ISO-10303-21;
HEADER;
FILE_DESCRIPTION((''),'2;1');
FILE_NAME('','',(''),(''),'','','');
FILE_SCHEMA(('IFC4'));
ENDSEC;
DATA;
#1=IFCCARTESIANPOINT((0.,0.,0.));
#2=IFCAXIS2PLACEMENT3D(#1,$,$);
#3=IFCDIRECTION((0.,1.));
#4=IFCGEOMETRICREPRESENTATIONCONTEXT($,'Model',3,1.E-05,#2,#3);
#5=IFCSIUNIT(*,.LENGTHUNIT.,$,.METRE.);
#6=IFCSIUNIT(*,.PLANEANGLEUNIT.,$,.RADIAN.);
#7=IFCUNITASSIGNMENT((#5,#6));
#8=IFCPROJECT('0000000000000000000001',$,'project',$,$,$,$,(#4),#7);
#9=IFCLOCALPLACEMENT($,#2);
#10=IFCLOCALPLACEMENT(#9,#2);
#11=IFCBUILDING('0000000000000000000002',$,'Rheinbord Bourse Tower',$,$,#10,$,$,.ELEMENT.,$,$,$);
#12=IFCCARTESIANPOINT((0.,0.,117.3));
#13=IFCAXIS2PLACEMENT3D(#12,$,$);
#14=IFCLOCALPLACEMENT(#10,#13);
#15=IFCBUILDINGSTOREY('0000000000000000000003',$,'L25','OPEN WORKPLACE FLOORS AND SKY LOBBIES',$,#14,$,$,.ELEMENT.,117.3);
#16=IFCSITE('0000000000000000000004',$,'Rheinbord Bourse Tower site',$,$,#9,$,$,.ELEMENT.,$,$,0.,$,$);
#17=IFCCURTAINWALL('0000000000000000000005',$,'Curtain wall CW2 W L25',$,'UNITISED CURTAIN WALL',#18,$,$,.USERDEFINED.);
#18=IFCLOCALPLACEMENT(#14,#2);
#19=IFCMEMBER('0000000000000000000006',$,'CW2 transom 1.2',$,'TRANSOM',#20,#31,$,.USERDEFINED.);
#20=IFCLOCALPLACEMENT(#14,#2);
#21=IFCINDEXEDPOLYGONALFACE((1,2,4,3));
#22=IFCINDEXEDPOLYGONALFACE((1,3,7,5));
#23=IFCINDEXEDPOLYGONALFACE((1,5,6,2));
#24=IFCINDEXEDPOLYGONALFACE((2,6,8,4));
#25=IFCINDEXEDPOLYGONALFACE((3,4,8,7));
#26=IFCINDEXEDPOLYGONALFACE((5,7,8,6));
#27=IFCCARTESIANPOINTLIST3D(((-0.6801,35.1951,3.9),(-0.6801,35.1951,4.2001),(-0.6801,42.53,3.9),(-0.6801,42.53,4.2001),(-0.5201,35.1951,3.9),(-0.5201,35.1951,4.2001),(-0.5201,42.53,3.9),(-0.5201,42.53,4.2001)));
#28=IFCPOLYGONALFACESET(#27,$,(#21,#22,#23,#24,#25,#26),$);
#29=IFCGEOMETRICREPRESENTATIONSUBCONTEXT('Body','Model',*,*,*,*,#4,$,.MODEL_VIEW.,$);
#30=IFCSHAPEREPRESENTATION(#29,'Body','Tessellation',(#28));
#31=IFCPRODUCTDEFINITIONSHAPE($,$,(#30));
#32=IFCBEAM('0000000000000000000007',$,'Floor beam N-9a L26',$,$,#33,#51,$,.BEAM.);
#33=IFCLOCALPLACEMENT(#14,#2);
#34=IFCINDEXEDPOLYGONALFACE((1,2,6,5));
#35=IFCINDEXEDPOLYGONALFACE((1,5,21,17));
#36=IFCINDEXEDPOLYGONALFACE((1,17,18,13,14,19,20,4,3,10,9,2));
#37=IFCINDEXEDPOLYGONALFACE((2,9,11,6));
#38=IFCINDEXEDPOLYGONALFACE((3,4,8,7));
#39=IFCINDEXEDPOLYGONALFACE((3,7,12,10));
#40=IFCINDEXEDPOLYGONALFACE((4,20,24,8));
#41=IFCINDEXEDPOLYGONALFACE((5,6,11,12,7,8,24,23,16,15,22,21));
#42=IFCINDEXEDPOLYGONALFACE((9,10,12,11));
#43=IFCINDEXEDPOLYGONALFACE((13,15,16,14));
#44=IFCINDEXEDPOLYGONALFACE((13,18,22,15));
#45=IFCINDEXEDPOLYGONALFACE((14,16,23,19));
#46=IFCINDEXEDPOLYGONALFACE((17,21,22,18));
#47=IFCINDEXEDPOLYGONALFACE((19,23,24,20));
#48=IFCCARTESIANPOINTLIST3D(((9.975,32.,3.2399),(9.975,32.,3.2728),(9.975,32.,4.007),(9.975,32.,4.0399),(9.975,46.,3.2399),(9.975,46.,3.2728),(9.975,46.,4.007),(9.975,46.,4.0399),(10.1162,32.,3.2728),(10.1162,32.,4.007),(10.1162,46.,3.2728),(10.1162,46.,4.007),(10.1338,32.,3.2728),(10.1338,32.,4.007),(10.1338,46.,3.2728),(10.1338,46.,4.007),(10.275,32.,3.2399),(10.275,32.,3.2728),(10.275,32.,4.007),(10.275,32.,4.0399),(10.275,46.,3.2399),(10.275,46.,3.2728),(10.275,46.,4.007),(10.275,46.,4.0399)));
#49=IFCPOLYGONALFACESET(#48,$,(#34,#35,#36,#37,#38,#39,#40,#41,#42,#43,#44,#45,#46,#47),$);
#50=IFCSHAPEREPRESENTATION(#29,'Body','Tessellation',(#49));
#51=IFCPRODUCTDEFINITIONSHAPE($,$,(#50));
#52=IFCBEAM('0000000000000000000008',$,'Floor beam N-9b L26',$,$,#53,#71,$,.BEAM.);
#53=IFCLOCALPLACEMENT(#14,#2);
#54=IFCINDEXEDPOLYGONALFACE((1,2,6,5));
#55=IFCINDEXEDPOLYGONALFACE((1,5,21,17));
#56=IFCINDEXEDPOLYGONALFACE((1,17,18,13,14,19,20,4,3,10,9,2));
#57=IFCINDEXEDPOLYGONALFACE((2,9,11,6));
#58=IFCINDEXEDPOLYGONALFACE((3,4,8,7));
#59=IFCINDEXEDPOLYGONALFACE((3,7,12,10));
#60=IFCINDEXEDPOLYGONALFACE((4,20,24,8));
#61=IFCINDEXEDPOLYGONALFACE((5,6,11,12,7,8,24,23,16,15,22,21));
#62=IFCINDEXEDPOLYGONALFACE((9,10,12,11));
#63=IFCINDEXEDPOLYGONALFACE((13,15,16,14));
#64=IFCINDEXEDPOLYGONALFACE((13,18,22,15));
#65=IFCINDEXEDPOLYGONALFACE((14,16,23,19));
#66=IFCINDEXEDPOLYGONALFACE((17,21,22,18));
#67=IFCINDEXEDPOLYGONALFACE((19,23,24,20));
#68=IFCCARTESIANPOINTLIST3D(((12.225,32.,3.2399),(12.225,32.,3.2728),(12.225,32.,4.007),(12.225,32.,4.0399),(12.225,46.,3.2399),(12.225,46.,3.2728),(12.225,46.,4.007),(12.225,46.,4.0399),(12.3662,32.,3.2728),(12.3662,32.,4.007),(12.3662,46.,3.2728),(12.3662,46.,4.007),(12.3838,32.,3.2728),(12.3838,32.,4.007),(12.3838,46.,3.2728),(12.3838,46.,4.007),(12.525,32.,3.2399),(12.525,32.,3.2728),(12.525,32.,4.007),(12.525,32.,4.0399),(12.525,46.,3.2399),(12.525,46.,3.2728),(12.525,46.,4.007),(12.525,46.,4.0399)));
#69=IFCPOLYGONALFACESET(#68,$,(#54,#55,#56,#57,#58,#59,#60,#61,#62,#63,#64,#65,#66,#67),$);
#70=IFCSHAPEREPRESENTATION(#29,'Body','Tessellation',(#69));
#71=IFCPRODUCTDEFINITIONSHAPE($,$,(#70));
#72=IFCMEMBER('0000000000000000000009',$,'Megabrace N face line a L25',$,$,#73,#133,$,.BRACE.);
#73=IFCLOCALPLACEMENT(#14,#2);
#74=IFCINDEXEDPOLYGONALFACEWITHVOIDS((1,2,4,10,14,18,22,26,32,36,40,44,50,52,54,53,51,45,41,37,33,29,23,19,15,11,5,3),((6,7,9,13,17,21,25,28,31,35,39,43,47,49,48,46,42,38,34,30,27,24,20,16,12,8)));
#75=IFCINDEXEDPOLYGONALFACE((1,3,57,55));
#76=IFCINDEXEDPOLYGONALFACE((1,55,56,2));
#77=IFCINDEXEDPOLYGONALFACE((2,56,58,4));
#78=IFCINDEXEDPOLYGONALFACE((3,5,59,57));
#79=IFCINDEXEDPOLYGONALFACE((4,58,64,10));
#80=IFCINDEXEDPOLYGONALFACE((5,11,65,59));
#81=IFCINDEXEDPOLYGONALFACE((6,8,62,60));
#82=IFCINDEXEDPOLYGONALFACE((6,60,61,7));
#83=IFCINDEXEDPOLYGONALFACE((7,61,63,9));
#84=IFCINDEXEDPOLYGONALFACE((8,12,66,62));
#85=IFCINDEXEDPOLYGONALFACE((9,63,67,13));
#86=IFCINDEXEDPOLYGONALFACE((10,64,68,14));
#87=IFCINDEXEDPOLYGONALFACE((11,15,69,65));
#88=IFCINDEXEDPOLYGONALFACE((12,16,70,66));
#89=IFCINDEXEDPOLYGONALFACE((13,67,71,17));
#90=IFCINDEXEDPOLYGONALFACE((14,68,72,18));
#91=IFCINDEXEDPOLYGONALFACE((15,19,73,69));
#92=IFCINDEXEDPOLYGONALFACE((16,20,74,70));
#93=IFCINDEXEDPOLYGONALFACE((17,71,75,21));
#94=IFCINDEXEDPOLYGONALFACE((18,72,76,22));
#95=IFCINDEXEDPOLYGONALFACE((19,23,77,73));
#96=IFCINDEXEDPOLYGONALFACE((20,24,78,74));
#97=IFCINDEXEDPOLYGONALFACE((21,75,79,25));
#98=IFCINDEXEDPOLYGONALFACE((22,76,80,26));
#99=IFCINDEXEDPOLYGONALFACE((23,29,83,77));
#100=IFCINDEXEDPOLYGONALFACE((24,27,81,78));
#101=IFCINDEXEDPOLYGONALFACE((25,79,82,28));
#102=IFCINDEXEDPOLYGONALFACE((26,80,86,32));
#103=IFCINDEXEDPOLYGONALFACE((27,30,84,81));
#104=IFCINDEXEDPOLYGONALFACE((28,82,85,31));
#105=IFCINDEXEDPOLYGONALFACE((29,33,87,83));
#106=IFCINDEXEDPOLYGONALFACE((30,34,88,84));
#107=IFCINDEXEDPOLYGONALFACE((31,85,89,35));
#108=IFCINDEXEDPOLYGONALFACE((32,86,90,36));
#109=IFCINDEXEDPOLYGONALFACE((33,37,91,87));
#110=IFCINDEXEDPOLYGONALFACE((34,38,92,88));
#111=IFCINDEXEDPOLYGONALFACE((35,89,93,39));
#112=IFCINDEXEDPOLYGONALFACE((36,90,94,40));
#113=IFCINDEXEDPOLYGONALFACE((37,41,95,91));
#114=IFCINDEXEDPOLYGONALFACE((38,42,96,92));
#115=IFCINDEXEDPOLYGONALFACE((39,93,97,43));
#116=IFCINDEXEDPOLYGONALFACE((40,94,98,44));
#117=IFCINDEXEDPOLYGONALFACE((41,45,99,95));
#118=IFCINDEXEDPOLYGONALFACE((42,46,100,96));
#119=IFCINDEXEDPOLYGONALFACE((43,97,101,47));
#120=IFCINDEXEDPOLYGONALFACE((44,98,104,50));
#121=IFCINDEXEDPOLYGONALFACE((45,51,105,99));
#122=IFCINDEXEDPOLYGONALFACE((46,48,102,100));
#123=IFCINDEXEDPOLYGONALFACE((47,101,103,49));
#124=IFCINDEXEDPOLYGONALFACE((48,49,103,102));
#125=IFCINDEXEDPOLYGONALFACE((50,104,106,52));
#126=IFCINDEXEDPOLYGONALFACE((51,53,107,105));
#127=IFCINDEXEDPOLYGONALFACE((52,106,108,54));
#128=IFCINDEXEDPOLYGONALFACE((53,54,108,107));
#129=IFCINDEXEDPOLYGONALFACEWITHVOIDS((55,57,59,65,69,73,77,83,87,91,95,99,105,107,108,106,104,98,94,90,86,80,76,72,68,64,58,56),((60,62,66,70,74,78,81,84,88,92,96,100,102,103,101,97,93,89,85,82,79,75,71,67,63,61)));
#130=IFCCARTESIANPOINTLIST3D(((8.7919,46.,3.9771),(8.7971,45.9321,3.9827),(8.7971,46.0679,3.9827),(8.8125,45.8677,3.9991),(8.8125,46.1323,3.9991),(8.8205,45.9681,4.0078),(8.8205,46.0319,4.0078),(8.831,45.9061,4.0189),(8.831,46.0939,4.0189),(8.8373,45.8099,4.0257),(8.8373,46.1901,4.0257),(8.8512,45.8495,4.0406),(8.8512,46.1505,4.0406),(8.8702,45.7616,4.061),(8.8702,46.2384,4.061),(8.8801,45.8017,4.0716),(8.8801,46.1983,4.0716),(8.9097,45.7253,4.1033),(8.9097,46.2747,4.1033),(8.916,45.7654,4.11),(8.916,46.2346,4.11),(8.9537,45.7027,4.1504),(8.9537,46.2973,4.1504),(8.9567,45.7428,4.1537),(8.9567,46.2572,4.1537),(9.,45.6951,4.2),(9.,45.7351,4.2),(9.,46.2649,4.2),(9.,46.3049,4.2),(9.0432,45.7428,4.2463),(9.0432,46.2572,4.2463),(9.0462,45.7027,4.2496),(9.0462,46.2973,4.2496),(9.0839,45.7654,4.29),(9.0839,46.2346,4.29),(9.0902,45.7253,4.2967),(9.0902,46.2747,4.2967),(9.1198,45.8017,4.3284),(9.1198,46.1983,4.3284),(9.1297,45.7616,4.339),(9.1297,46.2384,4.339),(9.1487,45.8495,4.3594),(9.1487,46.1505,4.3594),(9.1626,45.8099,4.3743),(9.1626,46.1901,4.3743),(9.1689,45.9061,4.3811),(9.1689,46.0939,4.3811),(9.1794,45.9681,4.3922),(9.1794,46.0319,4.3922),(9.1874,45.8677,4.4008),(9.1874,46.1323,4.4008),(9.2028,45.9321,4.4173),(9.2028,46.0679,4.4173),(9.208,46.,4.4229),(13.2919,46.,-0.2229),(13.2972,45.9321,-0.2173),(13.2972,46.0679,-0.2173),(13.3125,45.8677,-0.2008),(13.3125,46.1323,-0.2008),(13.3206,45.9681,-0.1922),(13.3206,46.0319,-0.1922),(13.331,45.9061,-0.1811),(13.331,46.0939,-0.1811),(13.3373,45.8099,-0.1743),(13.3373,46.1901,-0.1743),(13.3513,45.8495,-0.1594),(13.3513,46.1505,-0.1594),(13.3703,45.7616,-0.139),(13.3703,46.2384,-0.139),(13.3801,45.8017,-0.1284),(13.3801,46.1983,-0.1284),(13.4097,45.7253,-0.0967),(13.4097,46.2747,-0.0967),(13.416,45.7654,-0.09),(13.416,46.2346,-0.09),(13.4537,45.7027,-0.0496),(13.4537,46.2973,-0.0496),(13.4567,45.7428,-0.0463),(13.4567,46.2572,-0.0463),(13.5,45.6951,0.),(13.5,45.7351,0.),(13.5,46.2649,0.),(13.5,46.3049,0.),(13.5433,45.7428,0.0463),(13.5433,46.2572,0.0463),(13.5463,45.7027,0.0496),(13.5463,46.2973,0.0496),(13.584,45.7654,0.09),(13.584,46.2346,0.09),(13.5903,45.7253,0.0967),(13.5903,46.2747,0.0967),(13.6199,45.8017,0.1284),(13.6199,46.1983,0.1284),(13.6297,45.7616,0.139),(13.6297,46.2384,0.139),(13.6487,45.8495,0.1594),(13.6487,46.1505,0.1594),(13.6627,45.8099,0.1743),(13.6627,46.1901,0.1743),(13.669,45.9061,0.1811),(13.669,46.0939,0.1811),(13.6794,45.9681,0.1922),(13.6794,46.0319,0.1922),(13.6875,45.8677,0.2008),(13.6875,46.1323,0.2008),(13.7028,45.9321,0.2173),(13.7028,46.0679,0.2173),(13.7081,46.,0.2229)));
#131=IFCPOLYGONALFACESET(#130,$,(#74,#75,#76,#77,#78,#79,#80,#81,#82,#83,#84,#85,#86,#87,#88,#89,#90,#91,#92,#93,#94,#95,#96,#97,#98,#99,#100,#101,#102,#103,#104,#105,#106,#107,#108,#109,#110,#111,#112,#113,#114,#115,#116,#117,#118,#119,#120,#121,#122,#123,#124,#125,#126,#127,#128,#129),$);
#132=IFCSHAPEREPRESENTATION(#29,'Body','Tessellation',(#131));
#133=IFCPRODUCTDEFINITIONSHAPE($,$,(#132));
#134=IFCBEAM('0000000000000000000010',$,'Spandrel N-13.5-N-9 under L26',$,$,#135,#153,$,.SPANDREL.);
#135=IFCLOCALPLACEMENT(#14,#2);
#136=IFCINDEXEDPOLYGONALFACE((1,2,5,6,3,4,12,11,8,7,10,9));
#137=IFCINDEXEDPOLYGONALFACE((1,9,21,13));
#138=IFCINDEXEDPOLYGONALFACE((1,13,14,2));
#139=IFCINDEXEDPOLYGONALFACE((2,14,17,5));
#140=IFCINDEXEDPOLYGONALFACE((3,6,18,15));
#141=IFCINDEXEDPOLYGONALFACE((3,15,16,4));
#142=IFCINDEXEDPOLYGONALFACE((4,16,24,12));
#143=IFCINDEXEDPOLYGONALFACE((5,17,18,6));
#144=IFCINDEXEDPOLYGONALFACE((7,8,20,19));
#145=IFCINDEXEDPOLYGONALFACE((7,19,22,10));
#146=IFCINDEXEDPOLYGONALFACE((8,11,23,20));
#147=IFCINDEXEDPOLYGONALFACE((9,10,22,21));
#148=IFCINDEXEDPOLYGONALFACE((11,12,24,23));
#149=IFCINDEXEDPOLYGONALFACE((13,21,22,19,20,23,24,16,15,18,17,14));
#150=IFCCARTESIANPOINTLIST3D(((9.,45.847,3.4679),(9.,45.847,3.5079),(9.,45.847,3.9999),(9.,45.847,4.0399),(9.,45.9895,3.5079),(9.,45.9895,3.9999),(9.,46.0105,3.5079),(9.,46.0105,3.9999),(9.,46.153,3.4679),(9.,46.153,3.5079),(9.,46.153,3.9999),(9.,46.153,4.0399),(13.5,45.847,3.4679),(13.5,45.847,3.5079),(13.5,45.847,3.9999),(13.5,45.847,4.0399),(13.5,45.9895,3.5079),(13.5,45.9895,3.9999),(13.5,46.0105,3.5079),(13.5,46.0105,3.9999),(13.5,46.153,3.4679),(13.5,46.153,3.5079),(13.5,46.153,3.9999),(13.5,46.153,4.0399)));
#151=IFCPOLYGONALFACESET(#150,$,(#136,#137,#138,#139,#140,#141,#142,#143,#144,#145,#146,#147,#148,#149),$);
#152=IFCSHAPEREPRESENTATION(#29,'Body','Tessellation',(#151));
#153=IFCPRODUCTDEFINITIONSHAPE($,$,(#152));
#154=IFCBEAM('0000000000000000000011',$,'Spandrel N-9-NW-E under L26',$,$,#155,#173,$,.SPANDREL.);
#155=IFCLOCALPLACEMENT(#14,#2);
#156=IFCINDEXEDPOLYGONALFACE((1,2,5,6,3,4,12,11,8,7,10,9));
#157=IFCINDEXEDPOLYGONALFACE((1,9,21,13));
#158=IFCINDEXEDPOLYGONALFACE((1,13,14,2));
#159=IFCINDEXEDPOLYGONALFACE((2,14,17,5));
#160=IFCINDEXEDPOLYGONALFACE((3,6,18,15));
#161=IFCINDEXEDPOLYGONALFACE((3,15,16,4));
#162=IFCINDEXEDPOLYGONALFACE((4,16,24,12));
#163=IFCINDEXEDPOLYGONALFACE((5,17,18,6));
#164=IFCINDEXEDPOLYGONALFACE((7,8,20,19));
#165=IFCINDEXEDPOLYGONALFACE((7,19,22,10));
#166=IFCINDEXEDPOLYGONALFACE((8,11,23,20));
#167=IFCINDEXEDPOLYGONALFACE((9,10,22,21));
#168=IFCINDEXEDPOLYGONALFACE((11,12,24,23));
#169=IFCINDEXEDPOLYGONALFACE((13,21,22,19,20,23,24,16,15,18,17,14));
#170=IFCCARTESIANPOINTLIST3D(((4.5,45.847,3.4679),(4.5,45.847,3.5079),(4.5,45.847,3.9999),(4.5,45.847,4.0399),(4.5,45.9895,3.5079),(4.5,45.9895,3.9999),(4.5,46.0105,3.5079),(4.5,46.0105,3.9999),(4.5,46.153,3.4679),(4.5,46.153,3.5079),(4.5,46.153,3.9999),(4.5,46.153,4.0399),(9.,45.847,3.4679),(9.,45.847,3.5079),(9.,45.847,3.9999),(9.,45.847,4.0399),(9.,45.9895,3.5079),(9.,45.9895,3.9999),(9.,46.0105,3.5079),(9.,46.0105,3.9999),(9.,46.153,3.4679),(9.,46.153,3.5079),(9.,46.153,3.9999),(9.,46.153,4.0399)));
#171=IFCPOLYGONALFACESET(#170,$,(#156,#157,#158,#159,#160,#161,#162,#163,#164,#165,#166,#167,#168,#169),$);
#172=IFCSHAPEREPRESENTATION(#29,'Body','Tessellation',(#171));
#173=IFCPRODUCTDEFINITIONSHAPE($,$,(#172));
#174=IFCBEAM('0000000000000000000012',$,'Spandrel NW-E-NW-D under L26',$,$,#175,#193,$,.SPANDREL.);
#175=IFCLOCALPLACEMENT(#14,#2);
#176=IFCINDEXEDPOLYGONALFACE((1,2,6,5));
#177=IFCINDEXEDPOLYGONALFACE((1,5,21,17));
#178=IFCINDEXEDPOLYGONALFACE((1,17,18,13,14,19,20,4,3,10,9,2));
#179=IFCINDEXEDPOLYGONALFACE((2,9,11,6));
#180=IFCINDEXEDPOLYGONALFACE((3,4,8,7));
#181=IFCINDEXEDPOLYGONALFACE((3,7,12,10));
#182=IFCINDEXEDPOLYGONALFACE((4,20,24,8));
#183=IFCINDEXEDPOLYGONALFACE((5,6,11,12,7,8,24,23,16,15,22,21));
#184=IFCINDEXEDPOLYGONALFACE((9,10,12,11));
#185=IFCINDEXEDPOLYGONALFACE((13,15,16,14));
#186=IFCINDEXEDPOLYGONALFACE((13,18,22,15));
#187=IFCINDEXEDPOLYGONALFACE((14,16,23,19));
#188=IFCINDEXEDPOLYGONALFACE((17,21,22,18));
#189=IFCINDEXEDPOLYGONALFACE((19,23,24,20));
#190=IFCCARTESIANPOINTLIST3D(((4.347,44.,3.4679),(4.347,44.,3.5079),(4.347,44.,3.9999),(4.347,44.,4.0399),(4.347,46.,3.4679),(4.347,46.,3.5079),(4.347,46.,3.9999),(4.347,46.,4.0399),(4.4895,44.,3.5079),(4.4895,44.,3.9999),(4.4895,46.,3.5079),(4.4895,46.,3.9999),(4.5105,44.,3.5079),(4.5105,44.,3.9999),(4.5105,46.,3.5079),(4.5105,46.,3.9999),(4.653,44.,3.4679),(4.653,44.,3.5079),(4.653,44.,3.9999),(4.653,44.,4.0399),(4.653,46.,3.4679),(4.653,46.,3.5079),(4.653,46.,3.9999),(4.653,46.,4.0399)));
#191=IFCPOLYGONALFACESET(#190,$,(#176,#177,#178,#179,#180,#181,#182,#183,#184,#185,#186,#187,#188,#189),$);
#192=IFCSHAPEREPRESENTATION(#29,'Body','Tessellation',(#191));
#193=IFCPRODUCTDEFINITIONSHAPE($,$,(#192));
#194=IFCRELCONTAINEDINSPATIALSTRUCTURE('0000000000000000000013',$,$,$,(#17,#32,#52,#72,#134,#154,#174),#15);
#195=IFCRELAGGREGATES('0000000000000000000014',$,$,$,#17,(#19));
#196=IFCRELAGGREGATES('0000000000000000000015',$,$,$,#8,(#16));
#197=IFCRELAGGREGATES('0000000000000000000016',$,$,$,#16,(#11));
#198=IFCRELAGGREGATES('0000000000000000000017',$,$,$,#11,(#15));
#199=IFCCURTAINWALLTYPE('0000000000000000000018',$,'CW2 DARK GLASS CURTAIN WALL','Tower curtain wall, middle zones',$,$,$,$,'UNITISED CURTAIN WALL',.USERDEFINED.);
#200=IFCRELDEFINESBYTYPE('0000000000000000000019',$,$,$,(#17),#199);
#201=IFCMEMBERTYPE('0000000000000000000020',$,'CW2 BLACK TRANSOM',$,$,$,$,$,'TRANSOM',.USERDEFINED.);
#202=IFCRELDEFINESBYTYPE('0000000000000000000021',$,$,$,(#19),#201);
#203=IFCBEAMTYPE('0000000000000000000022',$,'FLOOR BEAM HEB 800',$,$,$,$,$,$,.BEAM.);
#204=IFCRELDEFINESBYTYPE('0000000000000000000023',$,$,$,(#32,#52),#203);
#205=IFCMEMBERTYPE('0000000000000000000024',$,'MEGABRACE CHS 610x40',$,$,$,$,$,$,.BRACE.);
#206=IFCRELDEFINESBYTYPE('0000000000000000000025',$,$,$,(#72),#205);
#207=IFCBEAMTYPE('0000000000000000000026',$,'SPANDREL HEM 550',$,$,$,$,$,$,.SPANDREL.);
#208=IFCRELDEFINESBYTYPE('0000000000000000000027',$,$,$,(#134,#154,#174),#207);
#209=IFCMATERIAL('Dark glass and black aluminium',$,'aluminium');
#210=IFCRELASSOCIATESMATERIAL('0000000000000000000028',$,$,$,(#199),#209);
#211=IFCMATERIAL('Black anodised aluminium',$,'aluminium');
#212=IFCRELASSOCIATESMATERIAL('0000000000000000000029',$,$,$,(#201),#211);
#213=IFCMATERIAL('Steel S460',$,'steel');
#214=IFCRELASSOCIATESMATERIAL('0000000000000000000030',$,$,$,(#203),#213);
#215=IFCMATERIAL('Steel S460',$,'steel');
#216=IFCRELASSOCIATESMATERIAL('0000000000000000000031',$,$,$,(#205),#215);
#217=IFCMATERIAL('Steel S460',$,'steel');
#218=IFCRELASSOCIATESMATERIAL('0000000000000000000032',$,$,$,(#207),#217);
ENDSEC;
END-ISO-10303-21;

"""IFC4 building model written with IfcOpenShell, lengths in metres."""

from ifc_helpers import new_model, si_unit, direction, frame, origin, origin_2d, place, context, subcontext, project, spatial, rectangle, hollow_circle, i_section, extrude, material, material_profile, profile_set, type_object, element, aggregate, save


model = new_model("IFC4")

# Units and contexts
model_context = context("Model", 3, precision=1e-05, world=origin(), true_north=direction((0.0, 1.0)))
body_context = subcontext(model_context, "Body", "Model", "MODEL_VIEW")
ifc_project = project(units=[si_unit("LENGTHUNIT", "METRE"), si_unit("PLANEANGLEUNIT", "RADIAN")], contexts=[model_context])

# Site, building, storey
site_placement = place(None, origin())
site = spatial("IfcSite", under=ifc_project, at=site_placement, Name="Rheinbord Bourse Tower site", CompositionType="ELEMENT", RefElevation=0.0)
building_placement = place(site_placement, origin())
building = spatial("IfcBuilding", under=site, at=building_placement, Name="Rheinbord Bourse Tower", CompositionType="ELEMENT")
storey_placement = place(building_placement, frame((0.0, 0.0, 117.3)))
storey = spatial("IfcBuildingStorey", under=building, at=storey_placement, Name="L25", Description="OPEN WORKPLACE FLOORS AND SKY LOBBIES", CompositionType="ELEMENT", Elevation=117.3)

# Shared definitions
ifc_material_1 = material(Name="Dark glass and black aluminium", Category="aluminium")
curtain_wall_type = type_object("IfcCurtainWallType", Name="CW2 DARK GLASS CURTAIN WALL", Description="Tower curtain wall, middle zones", ElementType="UNITISED CURTAIN WALL", PredefinedType="USERDEFINED", material=ifc_material_1)

# Curtain wall
curtain_wall_1_placement = place(storey_placement, origin())
curtain_wall_1 = element("IfcCurtainWall", 1, at=curtain_wall_1_placement, inside=storey, type_object=curtain_wall_type, Name="Curtain wall CW2 W L25", ObjectType="UNITISED CURTAIN WALL", PredefinedType="USERDEFINED")

# Member
ifc_material_2 = material(Name="Black anodised aluminium", Category="aluminium")
ifc_material_profile_1 = material_profile(ifc_material_2, rectangle(XDim=0.1599, YDim=0.3, at=origin_2d()), Name="CW2 TRANSOM 300x160")
ifc_profile_set_1 = profile_set([ifc_material_profile_1], Name="Black anodised aluminium")
member_type_1 = type_object("IfcMemberType", Name="CW2 BLACK TRANSOM", ElementType="TRANSOM", PredefinedType="USERDEFINED", material=ifc_profile_set_1)
member_1_placement = place(storey_placement, frame((-0.6001, 42.53, 4.05), z_axis=(0.0, -1.0, 0.0), x_axis=(1.0, 0.0, 0.0)))
member_1 = element("IfcMember", 2, at=member_1_placement, type_object=member_type_1, Name="CW2 transom 1.2", ObjectType="TRANSOM", PredefinedType="USERDEFINED", context=body_context, shape_type="SweptSolid", body=[
    extrude(rectangle(XDim=0.1599, YDim=0.3, at=origin_2d()), origin(), (0.0, 0.0, 1.0), 7.335),
])

# Beams
ifc_material_3 = material(Name="Steel S460", Category="steel")
ifc_material_profile_2 = material_profile(ifc_material_3, i_section(OverallWidth=0.3, OverallDepth=0.8, WebThickness=0.0176, FlangeThickness=0.033, at=origin_2d()), Name="HEB 800")
ifc_profile_set_2 = profile_set([ifc_material_profile_2], Name="Steel S460")
beam_type_1 = type_object("IfcBeamType", Name="FLOOR BEAM HEB 800", PredefinedType="BEAM", material=ifc_profile_set_2)
for number, where, z_axis, x_axis, name in (
    (3, (10.125, 46.0, 3.6399), (0.0, -1.0, 0.0), (1.0, 0.0, 0.0), "Floor beam N-9a L26"),
    (4, (12.375, 46.0, 3.6399), (0.0, -1.0, 0.0), (1.0, 0.0, 0.0), "Floor beam N-9b L26"),
):
    element("IfcBeam", number, at=place(storey_placement, frame(where, z_axis=z_axis, x_axis=x_axis)), inside=storey, type_object=beam_type_1, Name=name, PredefinedType="BEAM", context=body_context, shape_type="SweptSolid", body=[
        extrude(i_section(OverallWidth=0.3, OverallDepth=0.8, WebThickness=0.0176, FlangeThickness=0.033, at=origin_2d()), origin(), (0.0, 0.0, 1.0), 14.0),
    ])

# Member
ifc_material_4 = material(Name="Steel S460", Category="steel")
ifc_material_profile_3 = material_profile(ifc_material_4, hollow_circle(Radius=0.3049, WallThickness=0.04, at=origin_2d()), Name="CHS 610x40")
ifc_profile_set_3 = profile_set([ifc_material_profile_3], Name="Steel S460")
member_type_2 = type_object("IfcMemberType", Name="MEGABRACE CHS 610x40", PredefinedType="BRACE", material=ifc_profile_set_3)
member_2_placement = place(storey_placement, frame((13.5, 46.0, 0.0), z_axis=(-0.731059, 0.0, 0.682314), x_axis=(0.0, -1.0, 0.0)))
element("IfcMember", 5, at=member_2_placement, inside=storey, type_object=member_type_2, Name="Megabrace N face line a L25", PredefinedType="BRACE", context=body_context, shape_type="SweptSolid", body=[
    extrude(hollow_circle(Radius=0.3049, WallThickness=0.04, at=origin_2d()), origin(), (0.0, 0.0, 1.0), 6.1555),
])

# Beams
ifc_material_5 = material(Name="Steel S460", Category="steel")
ifc_material_profile_4 = material_profile(ifc_material_5, i_section(OverallWidth=0.3059, OverallDepth=0.572, WebThickness=0.021, FlangeThickness=0.04, at=origin_2d()), Name="HEM 550")
ifc_profile_set_4 = profile_set([ifc_material_profile_4], Name="Steel S460")
beam_type_2 = type_object("IfcBeamType", Name="SPANDREL HEM 550", PredefinedType="SPANDREL", material=ifc_profile_set_4)
for number, where, z_axis, x_axis, name in (
    (6, (13.5, 46.0, 3.7539), (-1.0, 0.0, 0.0), (0.0, -1.0, 0.0), "Spandrel N-13.5-N-9 under L26"),
    (7, (9.0, 46.0, 3.7539), (-1.0, 0.0, 0.0), (0.0, -1.0, 0.0), "Spandrel N-9-NW-E under L26"),
):
    element("IfcBeam", number, at=place(storey_placement, frame(where, z_axis=z_axis, x_axis=x_axis)), inside=storey, type_object=beam_type_2, Name=name, PredefinedType="SPANDREL", context=body_context, shape_type="SweptSolid", body=[
        extrude(i_section(OverallWidth=0.3059, OverallDepth=0.572, WebThickness=0.021, FlangeThickness=0.04, at=origin_2d()), origin(), (0.0, 0.0, 1.0), 4.5),
    ])
beam_1_placement = place(storey_placement, frame((4.5, 46.0, 3.7539), z_axis=(0.0, -1.0, 0.0), x_axis=(1.0, 0.0, 0.0)))
element("IfcBeam", 8, at=beam_1_placement, inside=storey, type_object=beam_type_2, Name="Spandrel NW-E-NW-D under L26", PredefinedType="SPANDREL", context=body_context, shape_type="SweptSolid", body=[
    extrude(i_section(OverallWidth=0.3059, OverallDepth=0.572, WebThickness=0.021, FlangeThickness=0.04, at=origin_2d()), origin(), (0.0, 0.0, 1.0), 2.0),
])

aggregate(curtain_wall_1, [member_1])

save(model, "model.ifc")
